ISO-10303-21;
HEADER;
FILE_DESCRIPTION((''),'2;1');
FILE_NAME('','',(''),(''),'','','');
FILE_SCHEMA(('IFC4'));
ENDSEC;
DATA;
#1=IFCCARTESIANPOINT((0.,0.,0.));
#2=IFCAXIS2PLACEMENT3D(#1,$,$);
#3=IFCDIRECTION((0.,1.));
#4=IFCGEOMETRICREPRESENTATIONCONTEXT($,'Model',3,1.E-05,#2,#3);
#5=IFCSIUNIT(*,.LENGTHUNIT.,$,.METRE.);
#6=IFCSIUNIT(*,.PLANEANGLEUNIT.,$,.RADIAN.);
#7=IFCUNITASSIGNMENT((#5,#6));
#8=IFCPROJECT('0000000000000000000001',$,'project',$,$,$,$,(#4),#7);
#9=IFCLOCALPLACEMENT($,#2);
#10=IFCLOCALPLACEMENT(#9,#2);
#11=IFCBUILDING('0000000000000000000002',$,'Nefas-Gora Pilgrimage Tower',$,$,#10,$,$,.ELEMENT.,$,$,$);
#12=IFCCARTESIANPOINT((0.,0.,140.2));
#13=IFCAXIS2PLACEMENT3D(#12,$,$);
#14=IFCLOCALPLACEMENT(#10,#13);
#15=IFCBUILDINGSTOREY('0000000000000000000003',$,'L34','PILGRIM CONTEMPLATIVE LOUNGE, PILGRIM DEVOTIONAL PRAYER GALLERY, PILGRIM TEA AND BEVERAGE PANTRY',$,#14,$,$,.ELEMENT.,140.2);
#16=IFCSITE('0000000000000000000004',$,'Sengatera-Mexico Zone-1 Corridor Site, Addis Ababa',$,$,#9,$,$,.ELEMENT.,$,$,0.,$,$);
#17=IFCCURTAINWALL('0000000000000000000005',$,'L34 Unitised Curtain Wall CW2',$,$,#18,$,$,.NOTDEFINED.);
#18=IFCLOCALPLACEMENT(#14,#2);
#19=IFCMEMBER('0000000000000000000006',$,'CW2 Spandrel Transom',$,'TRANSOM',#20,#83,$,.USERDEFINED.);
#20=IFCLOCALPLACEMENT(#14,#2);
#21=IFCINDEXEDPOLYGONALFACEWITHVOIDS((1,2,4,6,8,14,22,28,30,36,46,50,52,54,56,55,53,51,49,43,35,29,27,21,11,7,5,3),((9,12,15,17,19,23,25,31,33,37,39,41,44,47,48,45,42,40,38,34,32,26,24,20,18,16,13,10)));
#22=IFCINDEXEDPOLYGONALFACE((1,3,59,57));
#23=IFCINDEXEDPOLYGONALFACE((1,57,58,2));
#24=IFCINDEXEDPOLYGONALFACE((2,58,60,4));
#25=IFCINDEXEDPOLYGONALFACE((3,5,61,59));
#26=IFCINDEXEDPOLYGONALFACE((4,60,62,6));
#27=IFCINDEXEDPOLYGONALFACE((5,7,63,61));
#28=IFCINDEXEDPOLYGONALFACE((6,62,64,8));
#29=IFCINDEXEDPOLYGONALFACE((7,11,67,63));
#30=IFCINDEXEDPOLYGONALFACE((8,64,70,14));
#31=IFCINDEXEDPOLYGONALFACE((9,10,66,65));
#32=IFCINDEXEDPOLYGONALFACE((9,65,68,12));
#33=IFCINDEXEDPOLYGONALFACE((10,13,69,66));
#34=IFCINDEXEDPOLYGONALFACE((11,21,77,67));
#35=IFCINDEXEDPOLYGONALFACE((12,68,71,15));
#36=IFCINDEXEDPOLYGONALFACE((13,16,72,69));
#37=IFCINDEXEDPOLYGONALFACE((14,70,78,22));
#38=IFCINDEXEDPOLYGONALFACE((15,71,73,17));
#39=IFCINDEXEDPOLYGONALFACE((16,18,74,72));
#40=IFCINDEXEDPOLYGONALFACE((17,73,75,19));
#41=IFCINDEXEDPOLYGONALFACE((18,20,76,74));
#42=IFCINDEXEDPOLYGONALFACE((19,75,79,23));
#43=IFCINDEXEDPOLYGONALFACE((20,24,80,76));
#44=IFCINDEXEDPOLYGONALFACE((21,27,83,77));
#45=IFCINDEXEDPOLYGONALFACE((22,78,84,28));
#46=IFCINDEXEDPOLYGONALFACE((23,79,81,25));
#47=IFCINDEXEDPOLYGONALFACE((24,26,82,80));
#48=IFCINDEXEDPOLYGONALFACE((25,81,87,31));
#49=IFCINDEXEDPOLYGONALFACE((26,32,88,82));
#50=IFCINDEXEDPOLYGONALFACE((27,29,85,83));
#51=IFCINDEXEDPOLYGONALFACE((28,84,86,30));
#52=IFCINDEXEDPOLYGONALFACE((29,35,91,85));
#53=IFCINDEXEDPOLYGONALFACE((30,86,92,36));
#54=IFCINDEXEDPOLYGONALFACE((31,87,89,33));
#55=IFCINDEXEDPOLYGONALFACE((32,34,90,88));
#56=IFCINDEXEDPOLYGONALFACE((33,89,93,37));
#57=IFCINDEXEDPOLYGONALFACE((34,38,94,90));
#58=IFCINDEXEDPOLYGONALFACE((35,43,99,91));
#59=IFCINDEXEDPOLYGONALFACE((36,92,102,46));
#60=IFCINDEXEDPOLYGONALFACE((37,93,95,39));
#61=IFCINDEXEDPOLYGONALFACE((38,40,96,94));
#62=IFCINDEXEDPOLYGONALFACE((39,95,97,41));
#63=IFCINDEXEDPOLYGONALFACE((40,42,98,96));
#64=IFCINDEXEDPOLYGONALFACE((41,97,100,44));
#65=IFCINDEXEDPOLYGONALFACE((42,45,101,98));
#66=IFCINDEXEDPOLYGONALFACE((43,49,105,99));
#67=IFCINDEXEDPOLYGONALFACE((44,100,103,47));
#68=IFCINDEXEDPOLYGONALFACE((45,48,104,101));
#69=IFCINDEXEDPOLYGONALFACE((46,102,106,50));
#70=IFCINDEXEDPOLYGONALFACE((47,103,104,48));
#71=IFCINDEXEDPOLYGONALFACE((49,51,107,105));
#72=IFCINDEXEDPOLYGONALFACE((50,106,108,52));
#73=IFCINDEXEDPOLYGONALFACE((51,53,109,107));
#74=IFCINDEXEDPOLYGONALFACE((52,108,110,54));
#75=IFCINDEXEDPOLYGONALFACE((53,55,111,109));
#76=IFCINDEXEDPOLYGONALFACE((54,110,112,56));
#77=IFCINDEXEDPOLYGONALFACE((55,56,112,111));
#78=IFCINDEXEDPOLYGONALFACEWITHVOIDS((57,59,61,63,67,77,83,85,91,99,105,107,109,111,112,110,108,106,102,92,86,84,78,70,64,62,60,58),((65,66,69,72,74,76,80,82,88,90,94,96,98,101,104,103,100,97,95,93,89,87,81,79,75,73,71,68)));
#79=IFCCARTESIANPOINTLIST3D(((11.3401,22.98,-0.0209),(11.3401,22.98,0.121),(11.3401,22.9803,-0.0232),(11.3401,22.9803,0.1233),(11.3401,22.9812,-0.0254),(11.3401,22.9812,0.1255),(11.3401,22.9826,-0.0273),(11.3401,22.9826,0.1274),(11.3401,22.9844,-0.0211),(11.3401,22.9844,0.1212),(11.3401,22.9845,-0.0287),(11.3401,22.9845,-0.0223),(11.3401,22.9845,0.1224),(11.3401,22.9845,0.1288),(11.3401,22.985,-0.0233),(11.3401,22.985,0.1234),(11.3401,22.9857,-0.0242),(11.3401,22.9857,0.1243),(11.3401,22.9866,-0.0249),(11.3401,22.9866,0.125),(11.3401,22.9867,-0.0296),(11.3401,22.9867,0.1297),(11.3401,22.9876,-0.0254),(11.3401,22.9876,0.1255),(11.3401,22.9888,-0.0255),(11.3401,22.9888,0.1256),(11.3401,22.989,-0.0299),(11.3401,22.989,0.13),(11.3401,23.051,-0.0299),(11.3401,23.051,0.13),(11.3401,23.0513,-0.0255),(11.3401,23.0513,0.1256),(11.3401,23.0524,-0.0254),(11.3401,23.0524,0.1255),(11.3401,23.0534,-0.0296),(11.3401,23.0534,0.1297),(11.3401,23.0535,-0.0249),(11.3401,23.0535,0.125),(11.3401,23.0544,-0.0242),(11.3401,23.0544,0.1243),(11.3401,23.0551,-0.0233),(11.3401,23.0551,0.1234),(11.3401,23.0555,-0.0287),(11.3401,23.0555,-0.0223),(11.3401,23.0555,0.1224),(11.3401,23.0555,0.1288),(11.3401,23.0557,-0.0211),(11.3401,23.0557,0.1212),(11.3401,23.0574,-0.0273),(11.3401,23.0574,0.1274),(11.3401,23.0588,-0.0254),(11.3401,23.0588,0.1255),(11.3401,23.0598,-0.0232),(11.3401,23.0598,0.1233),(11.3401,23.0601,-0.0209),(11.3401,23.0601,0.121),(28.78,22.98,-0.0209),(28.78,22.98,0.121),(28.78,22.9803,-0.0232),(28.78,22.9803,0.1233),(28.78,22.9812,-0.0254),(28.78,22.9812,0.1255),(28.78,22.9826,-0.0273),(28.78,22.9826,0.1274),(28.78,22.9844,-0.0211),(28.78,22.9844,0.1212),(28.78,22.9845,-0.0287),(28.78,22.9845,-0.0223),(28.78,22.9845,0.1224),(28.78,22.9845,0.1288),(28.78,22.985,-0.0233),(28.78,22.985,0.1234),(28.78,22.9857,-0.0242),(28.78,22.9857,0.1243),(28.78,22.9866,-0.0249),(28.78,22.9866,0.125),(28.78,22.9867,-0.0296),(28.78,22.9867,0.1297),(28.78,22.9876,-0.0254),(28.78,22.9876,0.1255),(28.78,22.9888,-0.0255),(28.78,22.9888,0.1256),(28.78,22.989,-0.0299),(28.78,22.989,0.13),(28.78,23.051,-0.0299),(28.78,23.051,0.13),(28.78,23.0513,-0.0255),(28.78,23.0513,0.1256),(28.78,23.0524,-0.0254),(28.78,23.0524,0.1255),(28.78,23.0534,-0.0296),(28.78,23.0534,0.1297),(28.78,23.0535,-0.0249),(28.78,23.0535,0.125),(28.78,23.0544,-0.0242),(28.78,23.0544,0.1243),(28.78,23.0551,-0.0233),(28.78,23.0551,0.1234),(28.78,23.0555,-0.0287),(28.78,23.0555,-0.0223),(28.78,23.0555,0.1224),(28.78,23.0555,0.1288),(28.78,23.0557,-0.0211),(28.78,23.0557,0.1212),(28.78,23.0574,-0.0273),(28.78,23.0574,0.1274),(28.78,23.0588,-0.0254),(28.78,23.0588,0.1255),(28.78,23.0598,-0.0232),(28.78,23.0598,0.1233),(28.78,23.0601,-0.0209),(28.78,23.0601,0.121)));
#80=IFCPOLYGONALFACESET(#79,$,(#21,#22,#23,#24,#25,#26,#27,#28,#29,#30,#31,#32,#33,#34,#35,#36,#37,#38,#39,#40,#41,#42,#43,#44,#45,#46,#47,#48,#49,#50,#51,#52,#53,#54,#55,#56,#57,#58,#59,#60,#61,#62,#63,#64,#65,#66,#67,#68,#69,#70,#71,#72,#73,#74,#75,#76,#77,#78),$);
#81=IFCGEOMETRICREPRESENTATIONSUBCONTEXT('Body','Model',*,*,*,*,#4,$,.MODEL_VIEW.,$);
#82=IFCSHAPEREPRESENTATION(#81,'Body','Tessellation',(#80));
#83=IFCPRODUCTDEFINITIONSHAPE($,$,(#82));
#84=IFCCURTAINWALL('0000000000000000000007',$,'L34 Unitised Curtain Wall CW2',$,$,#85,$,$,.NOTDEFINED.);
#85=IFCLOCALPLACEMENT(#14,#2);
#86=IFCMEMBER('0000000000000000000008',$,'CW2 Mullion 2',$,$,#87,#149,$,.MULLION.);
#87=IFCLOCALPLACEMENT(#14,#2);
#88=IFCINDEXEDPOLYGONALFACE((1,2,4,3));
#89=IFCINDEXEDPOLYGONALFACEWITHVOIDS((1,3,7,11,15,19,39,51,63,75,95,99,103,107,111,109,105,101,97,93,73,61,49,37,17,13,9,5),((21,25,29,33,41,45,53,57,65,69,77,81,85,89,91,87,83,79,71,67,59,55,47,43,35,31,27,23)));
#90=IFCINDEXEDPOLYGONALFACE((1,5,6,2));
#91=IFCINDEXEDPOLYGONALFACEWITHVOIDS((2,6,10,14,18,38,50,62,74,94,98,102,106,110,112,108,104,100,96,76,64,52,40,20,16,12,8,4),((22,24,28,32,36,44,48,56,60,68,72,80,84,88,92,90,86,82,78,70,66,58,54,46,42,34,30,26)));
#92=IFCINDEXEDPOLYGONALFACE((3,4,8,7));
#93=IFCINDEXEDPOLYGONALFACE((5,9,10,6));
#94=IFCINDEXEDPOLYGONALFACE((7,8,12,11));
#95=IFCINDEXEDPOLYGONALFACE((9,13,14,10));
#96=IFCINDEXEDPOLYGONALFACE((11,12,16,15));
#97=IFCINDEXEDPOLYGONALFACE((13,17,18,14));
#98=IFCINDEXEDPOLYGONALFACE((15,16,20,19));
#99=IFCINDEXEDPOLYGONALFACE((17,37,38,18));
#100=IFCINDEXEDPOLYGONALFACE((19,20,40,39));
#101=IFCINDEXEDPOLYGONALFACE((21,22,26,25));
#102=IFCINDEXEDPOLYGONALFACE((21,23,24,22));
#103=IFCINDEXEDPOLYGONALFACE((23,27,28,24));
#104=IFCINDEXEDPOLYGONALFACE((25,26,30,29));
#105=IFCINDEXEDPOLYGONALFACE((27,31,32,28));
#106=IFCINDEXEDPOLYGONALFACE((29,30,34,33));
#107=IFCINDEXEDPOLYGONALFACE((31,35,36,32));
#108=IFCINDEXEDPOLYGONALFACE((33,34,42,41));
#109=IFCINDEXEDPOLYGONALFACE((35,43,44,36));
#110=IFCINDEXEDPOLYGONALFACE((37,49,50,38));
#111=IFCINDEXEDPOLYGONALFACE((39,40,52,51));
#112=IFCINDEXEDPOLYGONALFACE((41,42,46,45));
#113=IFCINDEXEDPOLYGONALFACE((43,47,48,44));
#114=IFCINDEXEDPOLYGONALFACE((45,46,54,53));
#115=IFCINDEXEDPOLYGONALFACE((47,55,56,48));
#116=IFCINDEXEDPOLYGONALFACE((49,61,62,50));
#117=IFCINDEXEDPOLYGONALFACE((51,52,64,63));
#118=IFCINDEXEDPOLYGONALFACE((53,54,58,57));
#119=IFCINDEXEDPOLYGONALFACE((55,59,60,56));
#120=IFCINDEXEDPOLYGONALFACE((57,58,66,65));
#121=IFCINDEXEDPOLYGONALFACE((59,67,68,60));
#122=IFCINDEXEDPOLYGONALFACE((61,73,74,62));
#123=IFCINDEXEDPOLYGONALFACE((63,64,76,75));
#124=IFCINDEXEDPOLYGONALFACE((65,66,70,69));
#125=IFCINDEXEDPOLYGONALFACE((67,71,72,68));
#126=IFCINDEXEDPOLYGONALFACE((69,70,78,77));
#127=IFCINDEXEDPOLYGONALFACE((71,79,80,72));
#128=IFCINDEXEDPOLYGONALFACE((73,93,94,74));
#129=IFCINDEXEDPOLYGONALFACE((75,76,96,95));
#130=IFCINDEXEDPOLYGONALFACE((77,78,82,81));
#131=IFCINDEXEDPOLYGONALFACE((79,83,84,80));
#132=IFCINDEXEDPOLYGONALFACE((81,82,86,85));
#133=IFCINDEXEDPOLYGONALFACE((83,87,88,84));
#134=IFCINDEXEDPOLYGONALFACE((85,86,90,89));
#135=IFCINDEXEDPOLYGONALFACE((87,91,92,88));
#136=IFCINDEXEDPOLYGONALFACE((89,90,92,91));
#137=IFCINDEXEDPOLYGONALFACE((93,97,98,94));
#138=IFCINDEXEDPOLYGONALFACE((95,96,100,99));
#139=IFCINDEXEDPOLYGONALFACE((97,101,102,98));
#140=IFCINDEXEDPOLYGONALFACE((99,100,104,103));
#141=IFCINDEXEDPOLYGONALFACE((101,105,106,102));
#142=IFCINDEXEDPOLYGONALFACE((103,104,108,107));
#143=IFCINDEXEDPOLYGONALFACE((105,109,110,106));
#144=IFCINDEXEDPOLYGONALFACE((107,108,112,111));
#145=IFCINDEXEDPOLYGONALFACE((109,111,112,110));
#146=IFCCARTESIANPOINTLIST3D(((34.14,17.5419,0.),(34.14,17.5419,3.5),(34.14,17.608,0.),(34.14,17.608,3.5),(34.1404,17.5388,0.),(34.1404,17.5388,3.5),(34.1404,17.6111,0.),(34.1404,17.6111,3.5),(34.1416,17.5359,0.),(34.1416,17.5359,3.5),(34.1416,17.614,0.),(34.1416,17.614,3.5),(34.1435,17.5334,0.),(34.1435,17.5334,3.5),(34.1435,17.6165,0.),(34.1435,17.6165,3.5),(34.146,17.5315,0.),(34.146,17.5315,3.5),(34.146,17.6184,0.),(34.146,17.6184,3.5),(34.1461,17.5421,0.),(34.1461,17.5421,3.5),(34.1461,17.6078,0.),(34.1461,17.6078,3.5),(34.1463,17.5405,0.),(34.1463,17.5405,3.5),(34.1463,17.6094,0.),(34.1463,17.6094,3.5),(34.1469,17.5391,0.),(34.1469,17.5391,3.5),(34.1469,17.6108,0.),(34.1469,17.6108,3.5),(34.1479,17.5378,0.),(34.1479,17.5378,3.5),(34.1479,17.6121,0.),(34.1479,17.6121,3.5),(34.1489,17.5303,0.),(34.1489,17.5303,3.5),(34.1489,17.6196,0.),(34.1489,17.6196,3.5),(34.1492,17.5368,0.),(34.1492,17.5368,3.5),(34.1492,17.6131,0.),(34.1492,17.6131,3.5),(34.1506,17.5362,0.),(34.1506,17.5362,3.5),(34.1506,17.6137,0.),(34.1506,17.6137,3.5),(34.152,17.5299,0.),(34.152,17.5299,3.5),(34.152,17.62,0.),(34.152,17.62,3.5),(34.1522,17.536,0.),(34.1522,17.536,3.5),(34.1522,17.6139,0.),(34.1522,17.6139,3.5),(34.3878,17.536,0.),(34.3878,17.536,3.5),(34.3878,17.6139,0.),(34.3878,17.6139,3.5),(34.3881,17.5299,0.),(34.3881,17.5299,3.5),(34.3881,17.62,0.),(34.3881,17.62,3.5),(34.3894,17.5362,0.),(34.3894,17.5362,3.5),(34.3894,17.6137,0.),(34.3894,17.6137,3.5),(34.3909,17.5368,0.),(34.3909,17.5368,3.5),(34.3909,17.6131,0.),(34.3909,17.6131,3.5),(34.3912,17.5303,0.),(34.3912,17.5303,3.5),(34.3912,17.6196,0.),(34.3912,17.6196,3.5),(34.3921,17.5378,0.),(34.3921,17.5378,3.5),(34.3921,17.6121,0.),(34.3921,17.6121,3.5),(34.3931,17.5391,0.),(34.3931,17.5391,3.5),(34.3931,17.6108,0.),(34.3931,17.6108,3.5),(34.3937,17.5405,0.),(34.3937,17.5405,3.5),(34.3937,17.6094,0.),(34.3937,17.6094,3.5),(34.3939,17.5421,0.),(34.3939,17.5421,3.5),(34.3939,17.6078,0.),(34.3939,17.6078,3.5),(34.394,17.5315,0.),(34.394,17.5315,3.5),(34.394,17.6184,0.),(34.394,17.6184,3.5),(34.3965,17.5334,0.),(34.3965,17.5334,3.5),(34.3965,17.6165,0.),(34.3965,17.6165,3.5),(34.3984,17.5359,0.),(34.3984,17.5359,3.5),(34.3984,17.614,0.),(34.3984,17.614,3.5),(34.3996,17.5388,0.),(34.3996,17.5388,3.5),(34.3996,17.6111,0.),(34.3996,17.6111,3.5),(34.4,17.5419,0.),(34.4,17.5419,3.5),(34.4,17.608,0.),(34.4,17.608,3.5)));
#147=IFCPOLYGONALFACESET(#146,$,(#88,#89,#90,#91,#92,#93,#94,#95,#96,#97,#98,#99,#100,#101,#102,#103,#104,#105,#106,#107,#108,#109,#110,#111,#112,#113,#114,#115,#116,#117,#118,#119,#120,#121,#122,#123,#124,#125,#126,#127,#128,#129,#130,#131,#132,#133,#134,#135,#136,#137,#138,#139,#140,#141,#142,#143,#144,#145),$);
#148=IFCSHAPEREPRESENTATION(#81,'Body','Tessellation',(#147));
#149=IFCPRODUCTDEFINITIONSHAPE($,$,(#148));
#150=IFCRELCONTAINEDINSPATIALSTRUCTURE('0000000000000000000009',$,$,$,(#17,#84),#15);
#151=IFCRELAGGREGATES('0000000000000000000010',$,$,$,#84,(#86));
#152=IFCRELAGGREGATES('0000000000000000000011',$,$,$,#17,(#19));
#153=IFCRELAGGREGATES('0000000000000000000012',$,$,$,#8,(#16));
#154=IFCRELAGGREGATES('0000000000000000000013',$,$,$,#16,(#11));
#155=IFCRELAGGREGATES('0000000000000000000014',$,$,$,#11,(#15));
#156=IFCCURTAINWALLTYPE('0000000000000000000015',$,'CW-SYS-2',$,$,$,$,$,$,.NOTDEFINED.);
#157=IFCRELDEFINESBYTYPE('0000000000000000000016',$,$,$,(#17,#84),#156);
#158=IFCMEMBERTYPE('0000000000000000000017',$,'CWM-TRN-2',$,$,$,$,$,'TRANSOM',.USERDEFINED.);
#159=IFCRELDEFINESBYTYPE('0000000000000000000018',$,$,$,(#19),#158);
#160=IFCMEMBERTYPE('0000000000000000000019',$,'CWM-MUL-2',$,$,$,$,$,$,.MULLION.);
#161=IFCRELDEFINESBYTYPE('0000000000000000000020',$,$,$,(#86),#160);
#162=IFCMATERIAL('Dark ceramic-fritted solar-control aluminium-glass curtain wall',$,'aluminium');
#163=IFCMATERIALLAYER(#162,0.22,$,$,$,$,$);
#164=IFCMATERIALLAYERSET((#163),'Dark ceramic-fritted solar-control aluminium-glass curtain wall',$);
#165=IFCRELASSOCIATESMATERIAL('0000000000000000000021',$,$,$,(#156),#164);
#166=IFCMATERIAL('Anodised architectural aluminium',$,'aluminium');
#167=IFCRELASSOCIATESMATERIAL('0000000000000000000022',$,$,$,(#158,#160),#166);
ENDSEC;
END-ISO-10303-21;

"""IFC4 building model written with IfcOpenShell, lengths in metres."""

from ifc_helpers import new_model, si_unit, direction, frame, origin, origin_2d, place, context, subcontext, project, spatial, hollow_rectangle, extrude, source, transform, mapped, material, layer, layer_set, material_profile, profile_set, type_object, element, aggregate, save


model = new_model("IFC4")

# Units and contexts
model_context = context("Model", 3, precision=1e-05, world=origin(), true_north=direction((0.0, 1.0)))
body_context = subcontext(model_context, "Body", "Model", "MODEL_VIEW")
ifc_project = project(units=[si_unit("LENGTHUNIT", "METRE"), si_unit("PLANEANGLEUNIT", "RADIAN")], contexts=[model_context])

# Site, building, storey
site_placement = place(None, origin())
site = spatial("IfcSite", under=ifc_project, at=site_placement, Name="Sengatera-Mexico Zone-1 Corridor Site, Addis Ababa", CompositionType="ELEMENT", RefElevation=0.0)
building_placement = place(site_placement, origin())
building = spatial("IfcBuilding", under=site, at=building_placement, Name="Nefas-Gora Pilgrimage Tower", CompositionType="ELEMENT")
storey_placement = place(building_placement, frame((0.0, 0.0, 140.2)))
storey = spatial("IfcBuildingStorey", under=building, at=storey_placement, Name="L34", Description="PILGRIM CONTEMPLATIVE LOUNGE, PILGRIM DEVOTIONAL PRAYER GALLERY, PILGRIM TEA AND BEVERAGE PANTRY", CompositionType="ELEMENT", Elevation=140.2)

# Curtain walls, members
ifc_material_1 = material(Name="Dark ceramic-fritted solar-control aluminium-glass curtain wall", Category="aluminium")
ifc_layer_1 = layer(ifc_material_1, 0.22)
ifc_layer_set_1 = layer_set([ifc_layer_1], Name="Dark ceramic-fritted solar-control aluminium-glass curtain wall")
curtain_wall_type = type_object("IfcCurtainWallType", Name="CW-SYS-2", PredefinedType="NOTDEFINED", material=ifc_layer_set_1)
curtain_wall_1_placement = place(storey_placement, origin())
curtain_wall_1 = element("IfcCurtainWall", 1, at=curtain_wall_1_placement, inside=storey, type_object=curtain_wall_type, Name="L34 Unitised Curtain Wall CW2", PredefinedType="NOTDEFINED")
ifc_material_2 = material(Name="Anodised architectural aluminium", Category="aluminium")
ifc_material_profile_1 = material_profile(ifc_material_2, hollow_rectangle(XDim=0.0801, YDim=0.1599, WallThickness=0.0044, InnerFilletRadius=0.0044, OuterFilletRadius=0.009, at=origin_2d()), Name="ALU TRANSOM 80x160")
ifc_profile_set_1 = profile_set([ifc_material_profile_1], Name="Anodised architectural aluminium")
member_type_1 = type_object("IfcMemberType", Name="CWM-TRN-2", ElementType="TRANSOM", PredefinedType="USERDEFINED", material=ifc_profile_set_1)
shared_shape_1 = source(origin(), body_context, "Body", "SweptSolid", [
    extrude(hollow_rectangle(XDim=0.0801, YDim=0.1599, WallThickness=0.0044, InnerFilletRadius=0.0044, OuterFilletRadius=0.009, at=origin_2d()), origin(), (0.0, 0.0, 1.0), 17.4399),
])
member_1_placement = place(storey_placement, frame((28.78, 23.02, 0.05), z_axis=(-1.0, 0.0, 0.0), x_axis=(0.0, -1.0, 0.0)))
member_1 = element("IfcMember", 2, at=member_1_placement, type_object=member_type_1, Name="CW2 Spandrel Transom", ObjectType="TRANSOM", PredefinedType="USERDEFINED", context=body_context, shape_type="MappedRepresentation", body=[
    mapped(shared_shape_1, transform((0.0, 0.0, 0.0), x_axis=(1.0, 0.0, 0.0), y_axis=(0.0, 1.0, 0.0), z_axis=(0.0, 0.0, 1.0), scale=1.0)),
])
curtain_wall_2_placement = place(storey_placement, origin())
curtain_wall_2 = element("IfcCurtainWall", 3, at=curtain_wall_2_placement, inside=storey, type_object=curtain_wall_type, Name="L34 Unitised Curtain Wall CW2", PredefinedType="NOTDEFINED")
ifc_material_profile_2 = material_profile(ifc_material_2, hollow_rectangle(XDim=0.0901, YDim=0.26, WallThickness=0.0061, InnerFilletRadius=0.0061, OuterFilletRadius=0.012, at=origin_2d()), Name="ALU MULLION 90x260")
ifc_profile_set_2 = profile_set([ifc_material_profile_2], Name="Anodised architectural aluminium")
member_type_2 = type_object("IfcMemberType", Name="CWM-MUL-2", PredefinedType="MULLION", material=ifc_profile_set_2)
shared_shape_2 = source(origin(), body_context, "Body", "SweptSolid", [
    extrude(hollow_rectangle(XDim=0.0901, YDim=0.26, WallThickness=0.0061, InnerFilletRadius=0.0061, OuterFilletRadius=0.012, at=origin_2d()), origin(), (0.0, 0.0, 1.0), 3.5),
])
member_2_placement = place(storey_placement, frame((34.27, 17.575, 0.0), z_axis=(0.0, 0.0, 1.0), x_axis=(0.0, 1.0, 0.0)))
member_2 = element("IfcMember", 4, at=member_2_placement, type_object=member_type_2, Name="CW2 Mullion 2", PredefinedType="MULLION", context=body_context, shape_type="MappedRepresentation", body=[
    mapped(shared_shape_2, transform((0.0, 0.0, 0.0), x_axis=(1.0, 0.0, 0.0), y_axis=(0.0, 1.0, 0.0), z_axis=(0.0, 0.0, 1.0), scale=1.0)),
])
aggregate(curtain_wall_2, [member_2])

aggregate(curtain_wall_1, [member_1])

save(model, "model.ifc")
